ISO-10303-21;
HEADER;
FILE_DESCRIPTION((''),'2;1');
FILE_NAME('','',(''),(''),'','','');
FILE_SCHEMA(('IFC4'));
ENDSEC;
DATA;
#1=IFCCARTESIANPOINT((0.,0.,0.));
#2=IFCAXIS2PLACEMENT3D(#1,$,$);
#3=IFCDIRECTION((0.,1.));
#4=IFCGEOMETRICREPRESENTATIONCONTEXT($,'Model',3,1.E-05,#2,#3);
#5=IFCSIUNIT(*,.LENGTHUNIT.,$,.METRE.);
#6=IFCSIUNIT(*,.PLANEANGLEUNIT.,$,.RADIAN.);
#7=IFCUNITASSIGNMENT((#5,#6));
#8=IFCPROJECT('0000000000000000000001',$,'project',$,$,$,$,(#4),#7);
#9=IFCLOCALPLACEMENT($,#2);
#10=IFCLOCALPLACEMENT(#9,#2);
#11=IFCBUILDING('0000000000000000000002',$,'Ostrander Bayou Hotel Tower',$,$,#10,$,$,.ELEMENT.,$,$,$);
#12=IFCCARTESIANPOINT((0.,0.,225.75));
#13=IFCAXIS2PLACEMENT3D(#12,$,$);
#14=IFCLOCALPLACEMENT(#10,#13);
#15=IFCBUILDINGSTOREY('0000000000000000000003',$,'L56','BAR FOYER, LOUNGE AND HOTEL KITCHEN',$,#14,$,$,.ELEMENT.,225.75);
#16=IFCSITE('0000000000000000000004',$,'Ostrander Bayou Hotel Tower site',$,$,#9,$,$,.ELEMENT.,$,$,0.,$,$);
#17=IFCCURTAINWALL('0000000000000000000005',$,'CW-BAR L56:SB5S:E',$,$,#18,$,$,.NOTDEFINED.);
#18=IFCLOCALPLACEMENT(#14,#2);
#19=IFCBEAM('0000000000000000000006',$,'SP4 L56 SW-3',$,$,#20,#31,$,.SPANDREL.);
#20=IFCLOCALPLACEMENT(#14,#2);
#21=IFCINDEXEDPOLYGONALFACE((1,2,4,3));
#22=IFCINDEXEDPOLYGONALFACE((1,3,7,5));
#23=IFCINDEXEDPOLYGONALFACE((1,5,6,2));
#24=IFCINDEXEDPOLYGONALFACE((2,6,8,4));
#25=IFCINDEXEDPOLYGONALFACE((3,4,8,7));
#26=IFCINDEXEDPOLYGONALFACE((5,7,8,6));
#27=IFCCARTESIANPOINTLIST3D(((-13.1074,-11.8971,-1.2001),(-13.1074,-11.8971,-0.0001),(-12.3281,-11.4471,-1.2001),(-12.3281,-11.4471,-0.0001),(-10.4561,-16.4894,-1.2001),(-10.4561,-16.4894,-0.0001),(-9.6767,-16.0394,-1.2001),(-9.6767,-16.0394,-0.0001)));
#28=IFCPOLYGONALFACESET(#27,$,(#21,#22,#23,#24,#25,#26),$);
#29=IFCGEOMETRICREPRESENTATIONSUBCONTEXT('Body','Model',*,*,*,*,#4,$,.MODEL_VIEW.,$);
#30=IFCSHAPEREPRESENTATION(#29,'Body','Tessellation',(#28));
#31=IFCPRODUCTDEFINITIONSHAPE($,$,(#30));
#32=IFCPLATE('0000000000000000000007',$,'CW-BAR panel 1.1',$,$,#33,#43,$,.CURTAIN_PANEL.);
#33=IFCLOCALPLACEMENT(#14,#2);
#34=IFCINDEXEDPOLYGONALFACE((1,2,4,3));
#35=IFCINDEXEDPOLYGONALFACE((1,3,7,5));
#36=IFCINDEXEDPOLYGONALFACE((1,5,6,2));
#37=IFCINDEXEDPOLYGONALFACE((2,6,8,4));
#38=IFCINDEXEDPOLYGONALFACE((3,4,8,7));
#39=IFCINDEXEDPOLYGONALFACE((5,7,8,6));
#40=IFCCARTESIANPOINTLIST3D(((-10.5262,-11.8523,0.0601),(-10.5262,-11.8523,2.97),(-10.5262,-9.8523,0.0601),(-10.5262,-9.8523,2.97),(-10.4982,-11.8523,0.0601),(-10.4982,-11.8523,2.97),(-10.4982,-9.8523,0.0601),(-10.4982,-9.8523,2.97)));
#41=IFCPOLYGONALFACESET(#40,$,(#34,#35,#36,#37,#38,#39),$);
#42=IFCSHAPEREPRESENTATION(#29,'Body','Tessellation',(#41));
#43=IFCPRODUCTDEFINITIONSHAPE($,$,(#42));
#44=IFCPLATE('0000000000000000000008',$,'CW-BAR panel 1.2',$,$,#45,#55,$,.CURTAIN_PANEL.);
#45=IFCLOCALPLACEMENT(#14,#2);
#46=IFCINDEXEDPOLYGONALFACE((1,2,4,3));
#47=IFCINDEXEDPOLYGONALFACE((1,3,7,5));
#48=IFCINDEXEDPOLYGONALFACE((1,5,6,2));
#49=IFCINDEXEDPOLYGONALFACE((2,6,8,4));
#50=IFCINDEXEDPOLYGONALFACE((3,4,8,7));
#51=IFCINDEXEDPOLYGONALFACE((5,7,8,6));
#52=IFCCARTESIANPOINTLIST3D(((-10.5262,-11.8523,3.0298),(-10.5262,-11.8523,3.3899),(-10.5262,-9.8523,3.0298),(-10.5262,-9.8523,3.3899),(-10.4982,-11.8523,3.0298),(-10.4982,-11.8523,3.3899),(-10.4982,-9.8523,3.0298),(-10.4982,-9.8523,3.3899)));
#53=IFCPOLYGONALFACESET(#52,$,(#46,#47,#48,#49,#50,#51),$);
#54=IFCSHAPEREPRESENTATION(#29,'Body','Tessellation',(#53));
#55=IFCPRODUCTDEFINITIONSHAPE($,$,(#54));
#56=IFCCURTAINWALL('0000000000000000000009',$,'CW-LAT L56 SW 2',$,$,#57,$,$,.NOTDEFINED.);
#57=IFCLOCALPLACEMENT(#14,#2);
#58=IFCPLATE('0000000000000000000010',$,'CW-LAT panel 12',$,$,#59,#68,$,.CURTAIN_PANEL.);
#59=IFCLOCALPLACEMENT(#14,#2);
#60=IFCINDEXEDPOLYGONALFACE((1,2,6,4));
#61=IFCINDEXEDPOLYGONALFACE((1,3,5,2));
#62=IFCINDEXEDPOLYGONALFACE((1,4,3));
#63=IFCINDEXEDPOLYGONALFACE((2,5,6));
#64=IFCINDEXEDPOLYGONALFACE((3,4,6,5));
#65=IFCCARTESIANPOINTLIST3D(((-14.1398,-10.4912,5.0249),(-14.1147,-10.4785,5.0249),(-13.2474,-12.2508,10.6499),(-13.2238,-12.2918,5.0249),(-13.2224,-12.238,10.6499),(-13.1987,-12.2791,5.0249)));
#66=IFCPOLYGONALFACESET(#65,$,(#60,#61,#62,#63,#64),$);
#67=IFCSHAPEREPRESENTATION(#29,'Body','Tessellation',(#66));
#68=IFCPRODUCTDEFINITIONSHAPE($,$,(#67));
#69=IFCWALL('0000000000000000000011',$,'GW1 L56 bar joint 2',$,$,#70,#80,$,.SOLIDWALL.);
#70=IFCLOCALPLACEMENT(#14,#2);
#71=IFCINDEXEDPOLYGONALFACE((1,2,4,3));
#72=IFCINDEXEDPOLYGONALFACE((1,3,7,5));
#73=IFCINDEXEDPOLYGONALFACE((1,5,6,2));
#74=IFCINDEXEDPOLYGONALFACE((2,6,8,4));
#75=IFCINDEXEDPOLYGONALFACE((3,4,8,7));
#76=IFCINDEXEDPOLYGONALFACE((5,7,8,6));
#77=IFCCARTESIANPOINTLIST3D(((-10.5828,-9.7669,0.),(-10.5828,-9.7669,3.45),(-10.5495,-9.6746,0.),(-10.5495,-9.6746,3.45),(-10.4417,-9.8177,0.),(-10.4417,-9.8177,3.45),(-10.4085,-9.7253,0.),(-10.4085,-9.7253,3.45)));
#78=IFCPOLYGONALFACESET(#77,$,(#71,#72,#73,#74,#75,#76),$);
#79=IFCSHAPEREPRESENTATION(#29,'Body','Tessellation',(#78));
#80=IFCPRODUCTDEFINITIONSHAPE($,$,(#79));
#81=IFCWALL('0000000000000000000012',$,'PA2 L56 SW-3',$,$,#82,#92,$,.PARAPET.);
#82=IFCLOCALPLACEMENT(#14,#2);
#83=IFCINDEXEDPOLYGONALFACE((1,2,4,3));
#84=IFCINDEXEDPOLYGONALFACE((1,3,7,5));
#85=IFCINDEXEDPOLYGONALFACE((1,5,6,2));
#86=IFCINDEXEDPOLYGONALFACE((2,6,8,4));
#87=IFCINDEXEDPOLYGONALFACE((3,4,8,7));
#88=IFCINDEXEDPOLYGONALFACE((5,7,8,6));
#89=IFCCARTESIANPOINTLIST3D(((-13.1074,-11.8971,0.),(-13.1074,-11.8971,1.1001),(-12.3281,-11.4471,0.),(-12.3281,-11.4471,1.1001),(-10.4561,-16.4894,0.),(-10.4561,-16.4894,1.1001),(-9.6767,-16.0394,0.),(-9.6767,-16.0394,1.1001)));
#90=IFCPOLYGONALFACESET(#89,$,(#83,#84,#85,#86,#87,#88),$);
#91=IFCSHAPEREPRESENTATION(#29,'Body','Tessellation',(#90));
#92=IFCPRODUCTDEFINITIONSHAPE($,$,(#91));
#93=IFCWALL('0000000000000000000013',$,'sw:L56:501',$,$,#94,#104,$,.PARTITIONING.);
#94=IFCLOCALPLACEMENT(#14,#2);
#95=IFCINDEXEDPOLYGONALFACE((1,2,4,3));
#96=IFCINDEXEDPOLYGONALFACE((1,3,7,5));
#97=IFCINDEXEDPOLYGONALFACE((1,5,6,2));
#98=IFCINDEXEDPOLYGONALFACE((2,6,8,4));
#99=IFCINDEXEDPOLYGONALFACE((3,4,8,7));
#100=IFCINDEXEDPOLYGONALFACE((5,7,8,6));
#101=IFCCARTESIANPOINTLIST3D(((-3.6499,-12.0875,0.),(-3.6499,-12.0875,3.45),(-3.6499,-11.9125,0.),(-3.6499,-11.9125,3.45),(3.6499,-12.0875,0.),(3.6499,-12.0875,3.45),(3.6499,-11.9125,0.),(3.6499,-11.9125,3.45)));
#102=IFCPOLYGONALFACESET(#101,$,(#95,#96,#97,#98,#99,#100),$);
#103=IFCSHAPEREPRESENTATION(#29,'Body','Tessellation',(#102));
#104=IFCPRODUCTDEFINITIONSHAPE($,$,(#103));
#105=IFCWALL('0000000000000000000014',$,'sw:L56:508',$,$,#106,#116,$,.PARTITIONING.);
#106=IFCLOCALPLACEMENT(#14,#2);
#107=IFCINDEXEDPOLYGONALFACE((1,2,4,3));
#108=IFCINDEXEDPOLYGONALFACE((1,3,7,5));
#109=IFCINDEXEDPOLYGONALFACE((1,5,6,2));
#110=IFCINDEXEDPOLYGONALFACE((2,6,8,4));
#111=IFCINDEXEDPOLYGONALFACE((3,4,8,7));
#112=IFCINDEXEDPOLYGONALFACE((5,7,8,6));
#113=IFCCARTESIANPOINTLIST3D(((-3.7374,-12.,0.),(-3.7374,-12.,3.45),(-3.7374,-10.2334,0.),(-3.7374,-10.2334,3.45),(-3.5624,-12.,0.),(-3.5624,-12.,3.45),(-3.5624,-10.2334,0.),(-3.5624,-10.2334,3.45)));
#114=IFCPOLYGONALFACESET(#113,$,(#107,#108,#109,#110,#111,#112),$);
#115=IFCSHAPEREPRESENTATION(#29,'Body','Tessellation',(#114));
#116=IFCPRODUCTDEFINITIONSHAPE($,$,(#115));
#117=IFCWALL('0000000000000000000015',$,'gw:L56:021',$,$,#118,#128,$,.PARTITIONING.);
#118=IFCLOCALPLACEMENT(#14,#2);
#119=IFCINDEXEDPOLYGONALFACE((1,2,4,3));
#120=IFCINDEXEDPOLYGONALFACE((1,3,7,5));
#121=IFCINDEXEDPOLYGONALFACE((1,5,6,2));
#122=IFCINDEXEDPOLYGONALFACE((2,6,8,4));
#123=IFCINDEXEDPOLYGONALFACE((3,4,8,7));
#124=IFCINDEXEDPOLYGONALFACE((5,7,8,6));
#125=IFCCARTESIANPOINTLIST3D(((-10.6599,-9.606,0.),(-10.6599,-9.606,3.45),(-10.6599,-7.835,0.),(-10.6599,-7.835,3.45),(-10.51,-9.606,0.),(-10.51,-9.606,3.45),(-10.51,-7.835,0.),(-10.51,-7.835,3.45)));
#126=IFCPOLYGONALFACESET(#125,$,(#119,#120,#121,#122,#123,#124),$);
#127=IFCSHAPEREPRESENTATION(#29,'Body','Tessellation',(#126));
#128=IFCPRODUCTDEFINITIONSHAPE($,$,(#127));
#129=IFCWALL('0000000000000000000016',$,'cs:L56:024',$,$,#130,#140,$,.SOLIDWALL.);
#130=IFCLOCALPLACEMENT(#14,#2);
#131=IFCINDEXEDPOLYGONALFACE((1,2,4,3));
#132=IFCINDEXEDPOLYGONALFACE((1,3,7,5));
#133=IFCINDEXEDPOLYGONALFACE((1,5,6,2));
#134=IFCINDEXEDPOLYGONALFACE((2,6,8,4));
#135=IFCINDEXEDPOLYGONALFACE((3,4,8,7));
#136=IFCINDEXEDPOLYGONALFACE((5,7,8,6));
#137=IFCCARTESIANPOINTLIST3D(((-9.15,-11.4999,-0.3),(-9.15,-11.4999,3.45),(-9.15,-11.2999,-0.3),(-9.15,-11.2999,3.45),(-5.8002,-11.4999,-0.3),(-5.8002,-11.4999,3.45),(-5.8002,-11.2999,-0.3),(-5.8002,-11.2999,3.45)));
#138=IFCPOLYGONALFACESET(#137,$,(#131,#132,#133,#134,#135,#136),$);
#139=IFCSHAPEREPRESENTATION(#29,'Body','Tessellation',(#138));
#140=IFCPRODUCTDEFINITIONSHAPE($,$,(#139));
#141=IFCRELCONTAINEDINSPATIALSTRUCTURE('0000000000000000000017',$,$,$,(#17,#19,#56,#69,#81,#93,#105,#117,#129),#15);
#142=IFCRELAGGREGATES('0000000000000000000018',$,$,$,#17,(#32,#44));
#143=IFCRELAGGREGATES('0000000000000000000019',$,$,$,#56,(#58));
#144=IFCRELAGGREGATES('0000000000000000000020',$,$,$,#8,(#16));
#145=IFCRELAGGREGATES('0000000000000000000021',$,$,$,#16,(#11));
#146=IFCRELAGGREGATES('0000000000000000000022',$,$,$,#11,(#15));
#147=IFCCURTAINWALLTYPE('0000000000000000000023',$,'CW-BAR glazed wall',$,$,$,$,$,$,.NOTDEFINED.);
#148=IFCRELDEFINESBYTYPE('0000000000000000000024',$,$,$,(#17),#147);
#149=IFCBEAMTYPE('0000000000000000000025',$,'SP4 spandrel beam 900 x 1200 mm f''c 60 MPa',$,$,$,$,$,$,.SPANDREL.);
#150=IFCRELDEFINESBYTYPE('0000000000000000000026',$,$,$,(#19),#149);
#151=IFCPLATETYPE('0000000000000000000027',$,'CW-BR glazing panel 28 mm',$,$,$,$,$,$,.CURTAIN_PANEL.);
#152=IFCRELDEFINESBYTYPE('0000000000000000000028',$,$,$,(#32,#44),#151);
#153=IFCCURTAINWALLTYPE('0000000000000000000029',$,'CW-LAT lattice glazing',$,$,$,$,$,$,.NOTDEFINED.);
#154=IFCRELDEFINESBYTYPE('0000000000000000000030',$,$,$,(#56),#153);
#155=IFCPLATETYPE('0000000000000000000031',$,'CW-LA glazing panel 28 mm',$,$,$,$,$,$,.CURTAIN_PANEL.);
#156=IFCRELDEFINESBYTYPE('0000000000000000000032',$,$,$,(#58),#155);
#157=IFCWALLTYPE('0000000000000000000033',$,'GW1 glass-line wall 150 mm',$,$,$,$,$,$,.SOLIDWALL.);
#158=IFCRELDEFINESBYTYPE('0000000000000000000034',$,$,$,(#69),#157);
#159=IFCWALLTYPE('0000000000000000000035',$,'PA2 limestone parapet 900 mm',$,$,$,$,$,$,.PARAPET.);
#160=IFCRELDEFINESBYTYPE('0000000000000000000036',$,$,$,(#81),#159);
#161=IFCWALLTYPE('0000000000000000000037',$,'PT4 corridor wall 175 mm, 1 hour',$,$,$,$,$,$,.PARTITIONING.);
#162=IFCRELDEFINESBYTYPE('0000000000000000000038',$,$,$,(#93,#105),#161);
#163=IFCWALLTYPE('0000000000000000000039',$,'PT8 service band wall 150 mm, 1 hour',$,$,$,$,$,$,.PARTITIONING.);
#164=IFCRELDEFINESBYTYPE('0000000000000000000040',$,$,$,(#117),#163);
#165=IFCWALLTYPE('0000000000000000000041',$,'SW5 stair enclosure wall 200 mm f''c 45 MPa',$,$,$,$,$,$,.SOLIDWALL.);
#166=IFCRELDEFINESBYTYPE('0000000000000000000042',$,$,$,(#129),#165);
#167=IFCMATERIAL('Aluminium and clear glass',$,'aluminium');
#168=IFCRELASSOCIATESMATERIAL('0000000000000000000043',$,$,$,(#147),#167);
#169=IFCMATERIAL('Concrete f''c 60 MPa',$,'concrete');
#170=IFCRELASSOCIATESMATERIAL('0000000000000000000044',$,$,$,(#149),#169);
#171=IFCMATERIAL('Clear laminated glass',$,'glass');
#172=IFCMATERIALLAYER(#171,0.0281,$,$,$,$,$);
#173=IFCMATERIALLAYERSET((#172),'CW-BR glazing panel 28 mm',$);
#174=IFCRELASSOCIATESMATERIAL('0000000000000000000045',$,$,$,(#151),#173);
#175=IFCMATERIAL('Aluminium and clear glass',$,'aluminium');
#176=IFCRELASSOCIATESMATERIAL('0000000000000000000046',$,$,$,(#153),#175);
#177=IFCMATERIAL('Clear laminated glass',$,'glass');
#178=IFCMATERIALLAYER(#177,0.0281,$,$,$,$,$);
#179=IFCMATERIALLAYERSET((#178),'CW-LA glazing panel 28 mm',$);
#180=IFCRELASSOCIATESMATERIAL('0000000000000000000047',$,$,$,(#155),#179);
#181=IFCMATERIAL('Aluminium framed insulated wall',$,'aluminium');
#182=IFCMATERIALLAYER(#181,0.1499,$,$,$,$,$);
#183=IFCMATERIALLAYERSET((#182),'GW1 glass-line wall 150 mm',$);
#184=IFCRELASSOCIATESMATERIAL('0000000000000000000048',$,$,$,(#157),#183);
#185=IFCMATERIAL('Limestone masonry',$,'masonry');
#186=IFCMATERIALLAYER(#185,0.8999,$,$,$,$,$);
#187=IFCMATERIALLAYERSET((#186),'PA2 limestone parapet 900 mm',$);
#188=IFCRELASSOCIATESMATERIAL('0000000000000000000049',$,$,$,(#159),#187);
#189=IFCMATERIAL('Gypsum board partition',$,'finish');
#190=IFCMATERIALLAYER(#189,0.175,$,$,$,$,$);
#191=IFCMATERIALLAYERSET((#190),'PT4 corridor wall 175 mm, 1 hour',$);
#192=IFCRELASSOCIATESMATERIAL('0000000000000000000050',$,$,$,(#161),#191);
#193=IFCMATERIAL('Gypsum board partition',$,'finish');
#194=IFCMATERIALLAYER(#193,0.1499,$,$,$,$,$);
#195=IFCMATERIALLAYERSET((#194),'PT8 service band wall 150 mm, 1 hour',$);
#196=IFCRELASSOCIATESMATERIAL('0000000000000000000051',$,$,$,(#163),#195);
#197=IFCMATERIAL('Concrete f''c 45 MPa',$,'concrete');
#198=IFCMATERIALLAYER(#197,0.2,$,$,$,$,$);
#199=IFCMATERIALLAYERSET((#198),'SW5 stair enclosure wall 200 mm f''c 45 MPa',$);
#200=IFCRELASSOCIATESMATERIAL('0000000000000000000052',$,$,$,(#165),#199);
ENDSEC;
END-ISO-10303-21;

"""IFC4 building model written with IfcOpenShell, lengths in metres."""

from ifc_helpers import new_model, si_unit, direction, frame, frame_2d, origin, origin_2d, place, context, subcontext, project, spatial, polyline, rectangle, outline, extrude, material, layer, layer_set, material_profile, profile_set, type_object, element, aggregate, save


model = new_model("IFC4")

# Units and contexts
model_context = context("Model", 3, precision=1e-05, world=origin(), true_north=direction((0.0, 1.0)))
body_context = subcontext(model_context, "Body", "Model", "MODEL_VIEW")
ifc_project = project(units=[si_unit("LENGTHUNIT", "METRE"), si_unit("PLANEANGLEUNIT", "RADIAN")], contexts=[model_context])

# Site, building, storey
site_placement = place(None, origin())
site = spatial("IfcSite", under=ifc_project, at=site_placement, Name="Ostrander Bayou Hotel Tower site", CompositionType="ELEMENT", RefElevation=0.0)
building_placement = place(site_placement, origin())
building = spatial("IfcBuilding", under=site, at=building_placement, Name="Ostrander Bayou Hotel Tower", CompositionType="ELEMENT")
storey_placement = place(building_placement, frame((0.0, 0.0, 225.75)))
storey = spatial("IfcBuildingStorey", under=building, at=storey_placement, Name="L56", Description="BAR FOYER, LOUNGE AND HOTEL KITCHEN", CompositionType="ELEMENT", Elevation=225.75)

# Curtain wall
ifc_material_1 = material(Name="Aluminium and clear glass", Category="aluminium")
curtain_wall_type_1 = type_object("IfcCurtainWallType", Name="CW-BAR glazed wall", PredefinedType="NOTDEFINED", material=ifc_material_1)
curtain_wall_1_placement = place(storey_placement, origin())
curtain_wall_1 = element("IfcCurtainWall", 1, at=curtain_wall_1_placement, inside=storey, type_object=curtain_wall_type_1, Name="CW-BAR L56:SB5S:E", PredefinedType="NOTDEFINED")

# Beam
ifc_material_2 = material(Name="Concrete f'c 60 MPa", Category="concrete")
ifc_material_profile_1 = material_profile(ifc_material_2, rectangle(XDim=0.8999, YDim=1.2, at=origin_2d()))
ifc_profile_set_1 = profile_set([ifc_material_profile_1], Name="Concrete f'c 60 MPa")
beam_type_1 = type_object("IfcBeamType", Name="SP4 spandrel beam 900 x 1200 mm f'c 60 MPa", PredefinedType="SPANDREL", material=ifc_profile_set_1)
beam_1_placement = place(storey_placement, frame((-12.7178, -11.6721, -0.6001), z_axis=(0.500001, -0.866025, 0.0), x_axis=(0.866025, 0.500001, 0.0)))
element("IfcBeam", 2, at=beam_1_placement, inside=storey, type_object=beam_type_1, Name="SP4 L56 SW-3", PredefinedType="SPANDREL", context=body_context, shape_type="SweptSolid", body=[
    extrude(rectangle(XDim=0.8999, YDim=1.2, at=origin_2d()), origin(), (0.0, 0.0, 1.0), 5.3027),
])

# Plates
ifc_material_3 = material(Name="Clear laminated glass", Category="glass")
ifc_layer_1 = layer(ifc_material_3, 0.0281)
ifc_layer_set_1 = layer_set([ifc_layer_1], Name="CW-BR glazing panel 28 mm")
plate_type_1 = type_object("IfcPlateType", Name="CW-BR glazing panel 28 mm", PredefinedType="CURTAIN_PANEL", material=ifc_layer_set_1)
plate_1_placement = place(storey_placement, frame((-10.5122, -10.8523, 0.0601), z_axis=(0.0, 0.0, 1.0), x_axis=(0.0, -1.0, 0.0)))
plate_1 = element("IfcPlate", 3, at=plate_1_placement, type_object=plate_type_1, Name="CW-BAR panel 1.1", PredefinedType="CURTAIN_PANEL", context=body_context, shape_type="SweptSolid", body=[
    extrude(rectangle(XDim=2.0, YDim=0.0281, at=origin_2d()), origin(), (0.0, 0.0, 1.0), 2.9099),
])
plate_2_placement = place(storey_placement, frame((-10.5122, -10.8523, 3.0298), z_axis=(0.0, 0.0, 1.0), x_axis=(0.0, -1.0, 0.0)))
plate_2 = element("IfcPlate", 4, at=plate_2_placement, type_object=plate_type_1, Name="CW-BAR panel 1.2", PredefinedType="CURTAIN_PANEL", context=body_context, shape_type="SweptSolid", body=[
    extrude(rectangle(XDim=2.0, YDim=0.0281, at=origin_2d()), origin(), (0.0, 0.0, 1.0), 0.3601),
])
aggregate(curtain_wall_1, [plate_1, plate_2])

# Curtain wall, plate
ifc_material_4 = material(Name="Aluminium and clear glass", Category="aluminium")
curtain_wall_type_2 = type_object("IfcCurtainWallType", Name="CW-LAT lattice glazing", PredefinedType="NOTDEFINED", material=ifc_material_4)
curtain_wall_2_placement = place(storey_placement, origin())
curtain_wall_2 = element("IfcCurtainWall", 5, at=curtain_wall_2_placement, inside=storey, type_object=curtain_wall_type_2, Name="CW-LAT L56 SW 2", PredefinedType="NOTDEFINED")
ifc_material_5 = material(Name="Clear laminated glass", Category="glass")
ifc_layer_2 = layer(ifc_material_5, 0.0281)
ifc_layer_set_2 = layer_set([ifc_layer_2], Name="CW-LA glazing panel 28 mm")
plate_type_2 = type_object("IfcPlateType", Name="CW-LA glazing panel 28 mm", PredefinedType="CURTAIN_PANEL", material=ifc_layer_set_2)
plate_3_placement = place(storey_placement, frame((-14.1147, -10.4785, 5.0249), z_axis=(0.891287, 0.453439, 0.000446), x_axis=(0.149697, -0.295175, 0.943643)))
plate_3 = element("IfcPlate", 6, at=plate_3_placement, type_object=plate_type_2, Name="CW-LAT panel 12", PredefinedType="CURTAIN_PANEL", context=body_context, shape_type="SweptSolid", body=[
    extrude(outline(polyline([(0.0, 0.0), (5.9609, 0.0), (0.6686, 1.9063), (0.0, 0.0)])), origin(), (0.0, 0.0, -1.0), 0.0281),
])
aggregate(curtain_wall_2, [plate_3])

# Walls
ifc_material_6 = material(Name="Aluminium framed insulated wall", Category="aluminium")
ifc_layer_3 = layer(ifc_material_6, 0.1499)
ifc_layer_set_3 = layer_set([ifc_layer_3], Name="GW1 glass-line wall 150 mm")
wall_type_1 = type_object("IfcWallType", Name="GW1 glass-line wall 150 mm", PredefinedType="SOLIDWALL", material=ifc_layer_set_3)
wall_1_placement = place(storey_placement, frame((-10.479, -9.7, 0.0), z_axis=(0.0, 0.0, 1.0), x_axis=(-0.338543, -0.940951, 0.0)))
element("IfcWall", 7, at=wall_1_placement, inside=storey, type_object=wall_type_1, Name="GW1 L56 bar joint 2", PredefinedType="SOLIDWALL", context=body_context, shape_type="SweptSolid", body=[
    extrude(rectangle(XDim=0.0981, YDim=0.1499, at=frame_2d((0.0491, 0.0))), origin(), (0.0, 0.0, 1.0), 3.45),
])
ifc_material_7 = material(Name="Limestone masonry", Category="masonry")
ifc_layer_4 = layer(ifc_material_7, 0.8999)
ifc_layer_set_4 = layer_set([ifc_layer_4], Name="PA2 limestone parapet 900 mm")
wall_type_2 = type_object("IfcWallType", Name="PA2 limestone parapet 900 mm", PredefinedType="PARAPET", material=ifc_layer_set_4)
wall_2_placement = place(storey_placement, frame((-12.7178, -11.6721, 0.0), z_axis=(0.0, 0.0, 1.0), x_axis=(0.500001, -0.866025, 0.0)))
element("IfcWall", 8, at=wall_2_placement, inside=storey, type_object=wall_type_2, Name="PA2 L56 SW-3", PredefinedType="PARAPET", context=body_context, shape_type="SweptSolid", body=[
    extrude(rectangle(XDim=5.3027, YDim=0.8999, at=frame_2d((2.6514, 0.0))), origin(), (0.0, 0.0, 1.0), 1.1001),
])
ifc_material_8 = material(Name="Gypsum board partition", Category="finish")
ifc_layer_5 = layer(ifc_material_8, 0.175)
ifc_layer_set_5 = layer_set([ifc_layer_5], Name="PT4 corridor wall 175 mm, 1 hour")
wall_type_3 = type_object("IfcWallType", Name="PT4 corridor wall 175 mm, 1 hour", PredefinedType="PARTITIONING", material=ifc_layer_set_5)
wall_3_placement = place(storey_placement, frame((-3.6499, -12.0, 0.0), z_axis=(0.0, 0.0, 1.0), x_axis=(1.0, 0.0, 0.0)))
element("IfcWall", 9, at=wall_3_placement, inside=storey, type_object=wall_type_3, Name="sw:L56:501", PredefinedType="PARTITIONING", context=body_context, shape_type="SweptSolid", body=[
    extrude(rectangle(XDim=7.2998, YDim=0.175, at=frame_2d((3.6499, 0.0))), origin(), (0.0, 0.0, 1.0), 3.45),
])

# Walls
wall_4_placement = place(storey_placement, frame((-3.6499, -12.0, 0.0), z_axis=(0.0, 0.0, 1.0), x_axis=(0.0, 1.0, 0.0)))
element("IfcWall", 10, at=wall_4_placement, inside=storey, type_object=wall_type_3, Name="sw:L56:508", PredefinedType="PARTITIONING", context=body_context, shape_type="SweptSolid", body=[
    extrude(rectangle(XDim=1.7666, YDim=0.175, at=frame_2d((0.8833, 0.0))), origin(), (0.0, 0.0, 1.0), 3.45),
])
ifc_material_9 = material(Name="Gypsum board partition", Category="finish")
ifc_layer_6 = layer(ifc_material_9, 0.1499)
ifc_layer_set_6 = layer_set([ifc_layer_6], Name="PT8 service band wall 150 mm, 1 hour")
wall_type_4 = type_object("IfcWallType", Name="PT8 service band wall 150 mm, 1 hour", PredefinedType="PARTITIONING", material=ifc_layer_set_6)
wall_5_placement = place(storey_placement, frame((-10.585, -9.606, 0.0), z_axis=(0.0, 0.0, 1.0), x_axis=(0.0, 1.0, 0.0)))
element("IfcWall", 11, at=wall_5_placement, inside=storey, type_object=wall_type_4, Name="gw:L56:021", PredefinedType="PARTITIONING", context=body_context, shape_type="SweptSolid", body=[
    extrude(rectangle(XDim=1.771, YDim=0.1499, at=frame_2d((0.8855, 0.0))), origin(), (0.0, 0.0, 1.0), 3.45),
])
ifc_material_10 = material(Name="Concrete f'c 45 MPa", Category="concrete")
ifc_layer_7 = layer(ifc_material_10, 0.2)
ifc_layer_set_7 = layer_set([ifc_layer_7], Name="SW5 stair enclosure wall 200 mm f'c 45 MPa")
wall_type_5 = type_object("IfcWallType", Name="SW5 stair enclosure wall 200 mm f'c 45 MPa", PredefinedType="SOLIDWALL", material=ifc_layer_set_7)
wall_6_placement = place(storey_placement, frame((-9.1499, -11.3999, -0.3), z_axis=(0.0, 0.0, 1.0), x_axis=(1.0, 0.0, 0.0)))
element("IfcWall", 12, at=wall_6_placement, inside=storey, type_object=wall_type_5, Name="cs:L56:024", PredefinedType="SOLIDWALL", context=body_context, shape_type="SweptSolid", body=[
    extrude(rectangle(XDim=3.3499, YDim=0.2, at=frame_2d((1.6748, 0.0))), origin(), (0.0, 0.0, 1.0), 3.75),
])

save(model, "model.ifc")
